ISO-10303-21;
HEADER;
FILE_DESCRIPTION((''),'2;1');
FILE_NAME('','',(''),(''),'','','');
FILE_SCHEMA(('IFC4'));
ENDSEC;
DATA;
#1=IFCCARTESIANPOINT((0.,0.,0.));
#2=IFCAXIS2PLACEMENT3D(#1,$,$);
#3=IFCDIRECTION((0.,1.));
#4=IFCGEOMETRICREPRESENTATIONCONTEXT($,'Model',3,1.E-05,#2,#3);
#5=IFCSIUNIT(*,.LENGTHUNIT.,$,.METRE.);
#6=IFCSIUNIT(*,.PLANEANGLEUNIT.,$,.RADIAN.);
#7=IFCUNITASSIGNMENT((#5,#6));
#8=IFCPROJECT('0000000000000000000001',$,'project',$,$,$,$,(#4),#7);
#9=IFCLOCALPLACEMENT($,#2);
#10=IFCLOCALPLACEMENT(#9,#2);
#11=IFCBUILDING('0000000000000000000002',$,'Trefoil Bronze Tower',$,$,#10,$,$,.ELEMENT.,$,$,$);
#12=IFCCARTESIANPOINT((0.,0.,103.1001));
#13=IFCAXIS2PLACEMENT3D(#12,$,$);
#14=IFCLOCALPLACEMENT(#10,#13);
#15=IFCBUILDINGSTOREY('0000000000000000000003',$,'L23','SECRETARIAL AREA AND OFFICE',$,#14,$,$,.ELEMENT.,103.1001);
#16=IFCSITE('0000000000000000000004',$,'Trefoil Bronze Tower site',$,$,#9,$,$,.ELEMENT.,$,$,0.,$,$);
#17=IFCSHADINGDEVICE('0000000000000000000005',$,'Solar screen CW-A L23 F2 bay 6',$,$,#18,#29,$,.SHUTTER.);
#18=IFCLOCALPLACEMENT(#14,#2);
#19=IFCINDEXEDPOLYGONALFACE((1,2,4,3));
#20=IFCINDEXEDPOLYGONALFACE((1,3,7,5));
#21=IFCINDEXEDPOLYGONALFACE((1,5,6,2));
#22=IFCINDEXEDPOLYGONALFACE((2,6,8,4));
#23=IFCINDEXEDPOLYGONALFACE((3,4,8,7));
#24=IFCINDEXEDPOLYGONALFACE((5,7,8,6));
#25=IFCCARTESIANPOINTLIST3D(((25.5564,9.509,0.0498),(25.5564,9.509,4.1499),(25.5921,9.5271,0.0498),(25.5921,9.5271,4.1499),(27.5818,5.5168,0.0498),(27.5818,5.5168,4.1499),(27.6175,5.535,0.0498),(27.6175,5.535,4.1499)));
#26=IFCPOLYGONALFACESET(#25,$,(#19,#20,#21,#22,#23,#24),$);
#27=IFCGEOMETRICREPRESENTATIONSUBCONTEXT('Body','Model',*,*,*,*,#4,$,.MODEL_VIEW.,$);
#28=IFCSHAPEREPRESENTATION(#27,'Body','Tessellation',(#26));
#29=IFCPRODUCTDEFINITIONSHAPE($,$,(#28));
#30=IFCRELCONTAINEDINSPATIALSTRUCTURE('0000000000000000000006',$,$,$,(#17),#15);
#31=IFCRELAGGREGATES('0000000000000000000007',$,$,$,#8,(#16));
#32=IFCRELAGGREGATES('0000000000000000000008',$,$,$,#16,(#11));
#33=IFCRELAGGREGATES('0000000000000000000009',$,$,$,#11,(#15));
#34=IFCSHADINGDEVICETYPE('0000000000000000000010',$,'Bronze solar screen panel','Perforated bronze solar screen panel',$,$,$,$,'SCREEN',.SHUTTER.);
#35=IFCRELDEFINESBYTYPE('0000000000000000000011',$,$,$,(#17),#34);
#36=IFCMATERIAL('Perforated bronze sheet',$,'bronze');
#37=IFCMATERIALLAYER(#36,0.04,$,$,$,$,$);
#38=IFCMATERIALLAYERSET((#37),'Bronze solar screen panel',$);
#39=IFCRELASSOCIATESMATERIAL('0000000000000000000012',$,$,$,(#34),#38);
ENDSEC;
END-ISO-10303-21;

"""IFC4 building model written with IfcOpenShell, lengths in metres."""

from ifc_helpers import new_model, si_unit, direction, frame, origin, origin_2d, place, context, subcontext, project, spatial, rectangle, extrude, material, layer, layer_set, type_object, element, save


model = new_model("IFC4")

# Units and contexts
model_context = context("Model", 3, precision=1e-05, world=origin(), true_north=direction((0.0, 1.0)))
body_context = subcontext(model_context, "Body", "Model", "MODEL_VIEW")
ifc_project = project(units=[si_unit("LENGTHUNIT", "METRE"), si_unit("PLANEANGLEUNIT", "RADIAN")], contexts=[model_context])

# Site, building, storey
site_placement = place(None, origin())
site = spatial("IfcSite", under=ifc_project, at=site_placement, Name="Trefoil Bronze Tower site", CompositionType="ELEMENT", RefElevation=0.0)
building_placement = place(site_placement, origin())
building = spatial("IfcBuilding", under=site, at=building_placement, Name="Trefoil Bronze Tower", CompositionType="ELEMENT")
storey_placement = place(building_placement, frame((0.0, 0.0, 103.1001)))
storey = spatial("IfcBuildingStorey", under=building, at=storey_placement, Name="L23", Description="SECRETARIAL AREA AND OFFICE", CompositionType="ELEMENT", Elevation=103.1001)

# Shading device
ifc_material_1 = material(Name="Perforated bronze sheet", Category="bronze")
ifc_layer_1 = layer(ifc_material_1, 0.04)
ifc_layer_set_1 = layer_set([ifc_layer_1], Name="Bronze solar screen panel")
shading_device_type = type_object("IfcShadingDeviceType", Name="Bronze solar screen panel", Description="Perforated bronze solar screen panel", ElementType="SCREEN", PredefinedType="SHUTTER", material=ifc_layer_set_1)
shading_device_1_placement = place(storey_placement, frame((26.5869, 7.522, 0.0498), z_axis=(0.0, 0.0, 1.0), x_axis=(-0.452449, 0.89179, 0.0)))
element("IfcShadingDevice", 1, at=shading_device_1_placement, inside=storey, type_object=shading_device_type, Name="Solar screen CW-A L23 F2 bay 6", PredefinedType="SHUTTER", context=body_context, shape_type="SweptSolid", body=[
    extrude(rectangle(XDim=4.4766, YDim=0.04, at=origin_2d()), origin(), (0.0, 0.0, 1.0), 4.1001),
])

save(model, "model.ifc")
